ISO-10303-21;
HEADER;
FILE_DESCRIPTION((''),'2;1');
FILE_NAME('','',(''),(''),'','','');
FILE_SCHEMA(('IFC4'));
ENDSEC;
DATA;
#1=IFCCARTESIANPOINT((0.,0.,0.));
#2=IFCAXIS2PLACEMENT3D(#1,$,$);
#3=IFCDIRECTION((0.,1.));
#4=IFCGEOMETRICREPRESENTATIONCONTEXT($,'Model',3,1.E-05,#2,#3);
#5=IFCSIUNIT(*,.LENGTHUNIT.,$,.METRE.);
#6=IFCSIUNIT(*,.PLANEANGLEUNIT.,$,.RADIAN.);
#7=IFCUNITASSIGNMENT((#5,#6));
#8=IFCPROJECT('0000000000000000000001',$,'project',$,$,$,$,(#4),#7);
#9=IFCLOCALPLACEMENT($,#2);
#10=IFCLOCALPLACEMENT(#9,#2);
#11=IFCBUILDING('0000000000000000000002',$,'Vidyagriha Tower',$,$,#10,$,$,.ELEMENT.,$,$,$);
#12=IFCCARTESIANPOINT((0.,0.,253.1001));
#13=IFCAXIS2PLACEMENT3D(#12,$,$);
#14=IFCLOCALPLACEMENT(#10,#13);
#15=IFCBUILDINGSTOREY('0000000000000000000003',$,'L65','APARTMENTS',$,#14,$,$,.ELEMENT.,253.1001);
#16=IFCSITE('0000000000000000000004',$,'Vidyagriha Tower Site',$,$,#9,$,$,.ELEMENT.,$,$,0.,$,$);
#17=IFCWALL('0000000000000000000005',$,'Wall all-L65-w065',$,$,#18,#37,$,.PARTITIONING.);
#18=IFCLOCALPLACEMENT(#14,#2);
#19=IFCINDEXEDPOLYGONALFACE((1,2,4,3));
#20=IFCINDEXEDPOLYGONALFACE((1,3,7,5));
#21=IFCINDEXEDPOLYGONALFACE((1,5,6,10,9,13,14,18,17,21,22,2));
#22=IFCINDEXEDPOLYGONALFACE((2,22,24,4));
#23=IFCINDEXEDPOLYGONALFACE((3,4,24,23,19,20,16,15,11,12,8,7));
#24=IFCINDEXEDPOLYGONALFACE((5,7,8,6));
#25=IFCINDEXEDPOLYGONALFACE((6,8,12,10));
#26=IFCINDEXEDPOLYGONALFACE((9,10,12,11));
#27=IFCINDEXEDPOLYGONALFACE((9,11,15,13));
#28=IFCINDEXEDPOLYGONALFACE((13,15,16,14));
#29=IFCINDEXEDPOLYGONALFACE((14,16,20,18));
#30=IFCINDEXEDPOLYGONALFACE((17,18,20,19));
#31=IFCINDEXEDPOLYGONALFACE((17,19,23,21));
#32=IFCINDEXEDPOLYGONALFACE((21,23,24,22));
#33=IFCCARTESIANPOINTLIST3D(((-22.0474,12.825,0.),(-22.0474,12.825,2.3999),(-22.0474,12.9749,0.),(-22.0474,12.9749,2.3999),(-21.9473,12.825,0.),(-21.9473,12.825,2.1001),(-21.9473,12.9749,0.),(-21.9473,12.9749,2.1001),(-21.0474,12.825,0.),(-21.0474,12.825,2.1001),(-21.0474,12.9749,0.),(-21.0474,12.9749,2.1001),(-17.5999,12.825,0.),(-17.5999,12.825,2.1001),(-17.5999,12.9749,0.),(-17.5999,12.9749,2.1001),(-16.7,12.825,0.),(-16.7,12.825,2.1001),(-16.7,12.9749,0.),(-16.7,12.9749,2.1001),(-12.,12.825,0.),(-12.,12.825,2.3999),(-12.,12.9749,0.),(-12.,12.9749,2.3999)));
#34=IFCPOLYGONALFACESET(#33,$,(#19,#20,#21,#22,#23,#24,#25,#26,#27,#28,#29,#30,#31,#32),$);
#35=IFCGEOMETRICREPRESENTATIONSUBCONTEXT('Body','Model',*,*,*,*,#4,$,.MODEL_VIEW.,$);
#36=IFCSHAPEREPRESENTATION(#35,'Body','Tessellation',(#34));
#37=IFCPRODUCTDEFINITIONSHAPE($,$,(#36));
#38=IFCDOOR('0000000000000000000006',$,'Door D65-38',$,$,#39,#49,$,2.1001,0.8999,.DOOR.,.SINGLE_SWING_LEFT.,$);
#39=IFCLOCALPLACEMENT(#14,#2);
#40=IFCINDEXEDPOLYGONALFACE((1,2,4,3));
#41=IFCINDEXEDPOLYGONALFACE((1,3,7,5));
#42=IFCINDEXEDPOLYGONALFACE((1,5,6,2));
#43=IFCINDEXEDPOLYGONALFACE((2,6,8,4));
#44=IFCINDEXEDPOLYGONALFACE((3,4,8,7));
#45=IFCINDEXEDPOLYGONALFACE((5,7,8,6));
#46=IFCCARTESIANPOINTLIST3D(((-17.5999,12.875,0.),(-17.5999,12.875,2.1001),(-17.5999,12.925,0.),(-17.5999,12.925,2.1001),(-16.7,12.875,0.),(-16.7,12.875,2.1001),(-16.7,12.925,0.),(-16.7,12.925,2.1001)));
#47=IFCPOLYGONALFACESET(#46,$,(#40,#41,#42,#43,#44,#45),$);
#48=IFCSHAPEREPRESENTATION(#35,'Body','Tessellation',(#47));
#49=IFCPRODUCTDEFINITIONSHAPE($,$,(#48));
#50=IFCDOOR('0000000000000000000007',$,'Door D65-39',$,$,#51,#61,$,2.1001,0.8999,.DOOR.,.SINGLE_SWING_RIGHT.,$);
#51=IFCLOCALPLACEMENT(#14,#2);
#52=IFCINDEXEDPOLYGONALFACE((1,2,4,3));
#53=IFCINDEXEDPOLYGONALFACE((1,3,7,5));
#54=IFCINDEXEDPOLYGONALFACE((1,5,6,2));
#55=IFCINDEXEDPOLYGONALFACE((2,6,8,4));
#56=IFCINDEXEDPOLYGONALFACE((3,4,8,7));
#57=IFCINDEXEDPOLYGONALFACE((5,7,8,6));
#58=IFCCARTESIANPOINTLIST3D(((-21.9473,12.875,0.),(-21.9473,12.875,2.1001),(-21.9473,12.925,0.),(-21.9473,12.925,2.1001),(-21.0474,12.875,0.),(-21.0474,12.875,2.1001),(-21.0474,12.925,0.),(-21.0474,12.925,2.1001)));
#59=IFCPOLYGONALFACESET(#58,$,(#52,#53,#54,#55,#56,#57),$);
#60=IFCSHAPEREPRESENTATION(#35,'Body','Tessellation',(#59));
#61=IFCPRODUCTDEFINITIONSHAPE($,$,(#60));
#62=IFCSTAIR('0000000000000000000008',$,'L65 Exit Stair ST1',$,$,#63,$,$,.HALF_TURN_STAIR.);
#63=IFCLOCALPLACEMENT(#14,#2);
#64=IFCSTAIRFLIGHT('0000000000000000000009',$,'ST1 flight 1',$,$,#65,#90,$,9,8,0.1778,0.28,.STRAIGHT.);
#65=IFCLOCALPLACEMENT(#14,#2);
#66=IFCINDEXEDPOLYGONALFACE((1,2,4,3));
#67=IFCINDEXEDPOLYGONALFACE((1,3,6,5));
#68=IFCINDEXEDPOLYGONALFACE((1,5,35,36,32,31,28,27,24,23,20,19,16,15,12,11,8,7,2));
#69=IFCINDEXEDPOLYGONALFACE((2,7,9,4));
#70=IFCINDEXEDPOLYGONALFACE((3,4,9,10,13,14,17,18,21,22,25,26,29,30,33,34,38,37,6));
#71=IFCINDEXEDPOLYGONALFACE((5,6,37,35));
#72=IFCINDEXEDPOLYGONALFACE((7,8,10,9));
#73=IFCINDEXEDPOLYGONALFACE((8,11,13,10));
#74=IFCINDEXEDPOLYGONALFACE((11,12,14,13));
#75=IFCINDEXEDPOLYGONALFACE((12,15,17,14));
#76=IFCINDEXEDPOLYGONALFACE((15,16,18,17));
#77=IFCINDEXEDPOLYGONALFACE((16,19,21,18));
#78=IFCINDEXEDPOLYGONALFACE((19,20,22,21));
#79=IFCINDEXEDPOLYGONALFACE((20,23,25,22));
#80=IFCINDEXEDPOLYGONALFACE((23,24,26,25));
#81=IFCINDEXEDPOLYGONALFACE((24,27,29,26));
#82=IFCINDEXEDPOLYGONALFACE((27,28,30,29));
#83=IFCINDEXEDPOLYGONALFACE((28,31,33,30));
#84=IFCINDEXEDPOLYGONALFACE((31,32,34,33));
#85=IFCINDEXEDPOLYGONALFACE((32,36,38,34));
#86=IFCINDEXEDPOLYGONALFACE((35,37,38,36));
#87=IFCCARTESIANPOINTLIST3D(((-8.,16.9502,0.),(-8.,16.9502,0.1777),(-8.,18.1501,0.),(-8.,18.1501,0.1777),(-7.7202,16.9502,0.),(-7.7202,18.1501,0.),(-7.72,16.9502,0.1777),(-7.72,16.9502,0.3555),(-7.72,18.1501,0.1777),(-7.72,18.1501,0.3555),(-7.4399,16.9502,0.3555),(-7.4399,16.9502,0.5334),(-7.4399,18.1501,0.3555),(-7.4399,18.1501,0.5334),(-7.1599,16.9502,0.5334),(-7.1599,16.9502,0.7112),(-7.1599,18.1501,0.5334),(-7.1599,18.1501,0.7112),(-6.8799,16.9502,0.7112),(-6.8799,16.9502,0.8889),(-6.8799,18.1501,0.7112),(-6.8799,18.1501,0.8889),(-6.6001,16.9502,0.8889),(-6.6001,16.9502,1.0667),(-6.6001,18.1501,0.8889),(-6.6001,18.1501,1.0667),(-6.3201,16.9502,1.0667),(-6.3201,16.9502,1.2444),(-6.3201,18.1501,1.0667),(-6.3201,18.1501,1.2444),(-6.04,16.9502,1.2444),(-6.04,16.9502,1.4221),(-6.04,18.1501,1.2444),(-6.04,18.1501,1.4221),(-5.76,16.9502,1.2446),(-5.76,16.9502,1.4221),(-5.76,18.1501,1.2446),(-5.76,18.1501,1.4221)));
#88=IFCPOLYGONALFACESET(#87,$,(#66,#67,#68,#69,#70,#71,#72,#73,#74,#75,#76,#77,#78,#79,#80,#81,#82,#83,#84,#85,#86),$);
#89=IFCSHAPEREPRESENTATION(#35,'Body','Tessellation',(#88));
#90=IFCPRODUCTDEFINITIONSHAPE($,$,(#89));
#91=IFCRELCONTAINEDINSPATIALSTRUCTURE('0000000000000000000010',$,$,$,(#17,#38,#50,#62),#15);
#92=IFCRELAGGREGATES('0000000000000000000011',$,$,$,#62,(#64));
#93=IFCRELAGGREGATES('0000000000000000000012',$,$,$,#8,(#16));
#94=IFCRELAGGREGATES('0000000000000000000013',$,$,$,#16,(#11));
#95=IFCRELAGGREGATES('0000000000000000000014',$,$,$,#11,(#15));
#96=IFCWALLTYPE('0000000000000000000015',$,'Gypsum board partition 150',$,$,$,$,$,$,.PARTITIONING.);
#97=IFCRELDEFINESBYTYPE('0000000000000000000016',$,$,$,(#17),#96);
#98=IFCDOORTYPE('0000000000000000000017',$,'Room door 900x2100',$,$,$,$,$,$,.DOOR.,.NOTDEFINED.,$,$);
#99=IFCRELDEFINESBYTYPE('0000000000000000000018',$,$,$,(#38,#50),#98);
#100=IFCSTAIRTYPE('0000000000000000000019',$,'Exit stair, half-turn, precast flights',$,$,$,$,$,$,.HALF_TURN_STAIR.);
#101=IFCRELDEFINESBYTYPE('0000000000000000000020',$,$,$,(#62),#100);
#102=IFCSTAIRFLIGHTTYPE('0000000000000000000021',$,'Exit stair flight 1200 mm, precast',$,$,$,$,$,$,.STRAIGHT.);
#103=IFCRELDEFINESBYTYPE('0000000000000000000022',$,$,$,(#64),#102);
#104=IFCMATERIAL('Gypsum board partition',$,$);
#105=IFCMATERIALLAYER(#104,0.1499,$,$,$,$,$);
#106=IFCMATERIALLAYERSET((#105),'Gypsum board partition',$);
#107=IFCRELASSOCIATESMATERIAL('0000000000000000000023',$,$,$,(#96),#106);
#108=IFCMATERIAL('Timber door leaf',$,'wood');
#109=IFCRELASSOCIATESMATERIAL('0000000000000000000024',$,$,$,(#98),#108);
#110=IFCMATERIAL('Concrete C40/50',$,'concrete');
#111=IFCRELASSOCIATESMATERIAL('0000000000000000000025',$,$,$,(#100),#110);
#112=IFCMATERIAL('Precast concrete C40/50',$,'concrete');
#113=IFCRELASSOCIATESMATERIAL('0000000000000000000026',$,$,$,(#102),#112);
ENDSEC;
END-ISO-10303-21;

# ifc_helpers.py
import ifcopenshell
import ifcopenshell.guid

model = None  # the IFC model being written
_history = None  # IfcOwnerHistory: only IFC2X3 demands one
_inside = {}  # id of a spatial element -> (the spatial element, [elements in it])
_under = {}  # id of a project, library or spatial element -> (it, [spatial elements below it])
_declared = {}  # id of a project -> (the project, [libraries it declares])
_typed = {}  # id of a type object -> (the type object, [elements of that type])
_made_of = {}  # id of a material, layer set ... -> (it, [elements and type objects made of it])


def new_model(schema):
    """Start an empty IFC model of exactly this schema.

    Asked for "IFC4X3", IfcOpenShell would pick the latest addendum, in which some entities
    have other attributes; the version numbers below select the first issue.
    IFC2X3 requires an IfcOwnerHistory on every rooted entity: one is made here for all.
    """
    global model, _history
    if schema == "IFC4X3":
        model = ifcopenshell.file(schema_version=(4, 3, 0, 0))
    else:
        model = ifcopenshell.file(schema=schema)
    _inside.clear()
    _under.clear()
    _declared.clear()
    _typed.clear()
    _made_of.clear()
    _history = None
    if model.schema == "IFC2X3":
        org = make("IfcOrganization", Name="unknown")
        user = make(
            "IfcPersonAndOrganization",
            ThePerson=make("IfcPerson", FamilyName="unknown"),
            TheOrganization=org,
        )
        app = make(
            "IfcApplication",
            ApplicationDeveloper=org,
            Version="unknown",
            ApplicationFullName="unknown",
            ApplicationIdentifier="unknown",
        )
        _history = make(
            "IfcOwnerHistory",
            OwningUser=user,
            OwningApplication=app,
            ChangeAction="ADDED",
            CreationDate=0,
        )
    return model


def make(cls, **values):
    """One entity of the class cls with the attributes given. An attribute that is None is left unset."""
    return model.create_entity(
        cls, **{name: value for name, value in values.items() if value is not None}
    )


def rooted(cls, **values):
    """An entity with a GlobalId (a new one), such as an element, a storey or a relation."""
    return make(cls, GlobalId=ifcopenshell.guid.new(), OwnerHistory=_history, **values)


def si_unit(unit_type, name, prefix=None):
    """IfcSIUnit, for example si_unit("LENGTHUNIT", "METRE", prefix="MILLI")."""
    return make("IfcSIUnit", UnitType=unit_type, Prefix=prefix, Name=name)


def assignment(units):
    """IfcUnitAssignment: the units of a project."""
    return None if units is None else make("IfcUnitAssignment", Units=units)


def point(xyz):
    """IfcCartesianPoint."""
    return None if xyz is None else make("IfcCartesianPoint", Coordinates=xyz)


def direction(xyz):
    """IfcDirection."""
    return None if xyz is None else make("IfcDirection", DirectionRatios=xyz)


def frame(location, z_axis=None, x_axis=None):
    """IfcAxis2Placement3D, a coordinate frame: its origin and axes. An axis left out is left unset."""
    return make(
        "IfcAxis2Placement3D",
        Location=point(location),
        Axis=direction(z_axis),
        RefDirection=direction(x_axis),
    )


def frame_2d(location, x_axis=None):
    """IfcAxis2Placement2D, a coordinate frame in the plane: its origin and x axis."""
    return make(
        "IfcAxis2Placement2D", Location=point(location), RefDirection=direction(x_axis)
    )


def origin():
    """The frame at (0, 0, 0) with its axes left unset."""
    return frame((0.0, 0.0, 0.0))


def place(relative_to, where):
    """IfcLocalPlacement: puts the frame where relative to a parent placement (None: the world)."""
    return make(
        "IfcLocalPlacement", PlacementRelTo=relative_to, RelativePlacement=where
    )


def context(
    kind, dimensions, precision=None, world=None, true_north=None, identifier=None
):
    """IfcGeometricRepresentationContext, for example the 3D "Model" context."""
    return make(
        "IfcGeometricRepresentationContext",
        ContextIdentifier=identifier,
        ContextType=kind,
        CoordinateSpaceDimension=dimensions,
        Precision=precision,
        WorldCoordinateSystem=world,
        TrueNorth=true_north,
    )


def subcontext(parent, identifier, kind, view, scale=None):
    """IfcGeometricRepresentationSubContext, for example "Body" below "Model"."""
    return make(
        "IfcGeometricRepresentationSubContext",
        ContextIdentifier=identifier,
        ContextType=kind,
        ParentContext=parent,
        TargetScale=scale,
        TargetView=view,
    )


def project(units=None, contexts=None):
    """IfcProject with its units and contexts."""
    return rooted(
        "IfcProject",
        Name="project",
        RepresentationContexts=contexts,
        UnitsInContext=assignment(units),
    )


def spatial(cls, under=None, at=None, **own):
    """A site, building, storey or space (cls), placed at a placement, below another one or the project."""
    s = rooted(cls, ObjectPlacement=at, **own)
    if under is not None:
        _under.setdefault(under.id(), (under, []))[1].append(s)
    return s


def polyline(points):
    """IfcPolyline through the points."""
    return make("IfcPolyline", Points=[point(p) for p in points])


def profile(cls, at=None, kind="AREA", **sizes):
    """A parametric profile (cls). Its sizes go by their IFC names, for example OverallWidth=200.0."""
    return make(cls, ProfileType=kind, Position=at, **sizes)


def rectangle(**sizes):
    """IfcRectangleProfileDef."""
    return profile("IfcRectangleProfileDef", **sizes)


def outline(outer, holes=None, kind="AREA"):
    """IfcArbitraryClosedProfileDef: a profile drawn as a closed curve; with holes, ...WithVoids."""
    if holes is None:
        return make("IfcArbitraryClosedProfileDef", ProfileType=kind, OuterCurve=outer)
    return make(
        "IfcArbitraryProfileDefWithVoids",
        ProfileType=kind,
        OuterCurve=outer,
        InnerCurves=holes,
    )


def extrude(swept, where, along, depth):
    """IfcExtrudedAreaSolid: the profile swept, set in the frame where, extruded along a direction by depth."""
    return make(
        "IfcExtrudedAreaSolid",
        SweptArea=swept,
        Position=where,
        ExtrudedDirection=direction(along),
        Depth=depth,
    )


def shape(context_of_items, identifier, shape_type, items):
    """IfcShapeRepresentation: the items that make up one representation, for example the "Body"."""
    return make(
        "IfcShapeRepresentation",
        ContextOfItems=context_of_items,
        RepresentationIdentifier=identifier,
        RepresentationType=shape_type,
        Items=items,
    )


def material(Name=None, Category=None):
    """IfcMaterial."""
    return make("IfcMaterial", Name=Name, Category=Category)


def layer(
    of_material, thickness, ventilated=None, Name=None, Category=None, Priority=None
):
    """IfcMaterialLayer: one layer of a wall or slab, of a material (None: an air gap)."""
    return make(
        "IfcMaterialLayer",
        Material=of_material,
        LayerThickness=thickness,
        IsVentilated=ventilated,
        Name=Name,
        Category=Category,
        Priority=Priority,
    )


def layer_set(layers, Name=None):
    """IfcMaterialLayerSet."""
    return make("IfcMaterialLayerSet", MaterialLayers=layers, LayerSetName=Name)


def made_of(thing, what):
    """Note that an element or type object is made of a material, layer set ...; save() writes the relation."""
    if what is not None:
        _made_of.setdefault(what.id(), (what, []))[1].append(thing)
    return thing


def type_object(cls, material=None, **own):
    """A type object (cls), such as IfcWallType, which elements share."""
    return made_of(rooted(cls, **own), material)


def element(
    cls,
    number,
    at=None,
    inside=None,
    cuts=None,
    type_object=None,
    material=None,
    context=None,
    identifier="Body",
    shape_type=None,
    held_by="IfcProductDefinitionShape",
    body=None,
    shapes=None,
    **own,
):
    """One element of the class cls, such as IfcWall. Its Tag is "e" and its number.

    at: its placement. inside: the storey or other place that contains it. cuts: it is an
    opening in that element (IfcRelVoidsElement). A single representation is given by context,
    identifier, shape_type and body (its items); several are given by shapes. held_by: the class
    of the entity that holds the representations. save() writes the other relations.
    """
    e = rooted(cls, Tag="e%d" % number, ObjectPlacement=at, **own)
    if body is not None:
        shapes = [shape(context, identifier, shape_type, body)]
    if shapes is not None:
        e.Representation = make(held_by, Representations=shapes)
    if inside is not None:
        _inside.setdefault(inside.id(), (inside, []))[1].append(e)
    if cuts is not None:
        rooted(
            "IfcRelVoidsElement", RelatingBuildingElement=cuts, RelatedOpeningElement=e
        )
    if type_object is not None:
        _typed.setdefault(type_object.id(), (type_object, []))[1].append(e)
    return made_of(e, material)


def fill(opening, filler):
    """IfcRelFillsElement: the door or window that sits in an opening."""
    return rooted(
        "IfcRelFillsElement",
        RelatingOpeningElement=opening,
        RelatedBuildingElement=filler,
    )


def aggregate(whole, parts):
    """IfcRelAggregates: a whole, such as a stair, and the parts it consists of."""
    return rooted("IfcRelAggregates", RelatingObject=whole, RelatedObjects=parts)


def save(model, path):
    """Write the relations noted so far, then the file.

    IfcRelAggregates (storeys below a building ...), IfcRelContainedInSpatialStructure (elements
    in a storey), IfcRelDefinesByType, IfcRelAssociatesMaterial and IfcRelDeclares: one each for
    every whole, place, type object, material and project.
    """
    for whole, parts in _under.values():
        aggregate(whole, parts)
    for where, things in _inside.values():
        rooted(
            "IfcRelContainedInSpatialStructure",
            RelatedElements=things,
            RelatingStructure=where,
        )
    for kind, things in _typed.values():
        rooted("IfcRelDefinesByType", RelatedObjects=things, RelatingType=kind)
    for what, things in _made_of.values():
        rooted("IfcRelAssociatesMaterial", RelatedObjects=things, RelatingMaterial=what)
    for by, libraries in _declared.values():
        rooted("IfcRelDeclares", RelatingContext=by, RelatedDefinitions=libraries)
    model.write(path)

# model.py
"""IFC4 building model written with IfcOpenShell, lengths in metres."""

from ifc_helpers import new_model, si_unit, direction, frame, frame_2d, origin, place, context, subcontext, project, spatial, polyline, rectangle, outline, extrude, material, layer, layer_set, type_object, element, fill, aggregate, save


model = new_model("IFC4")

# Units and contexts
model_context = context("Model", 3, precision=1e-05, world=origin(), true_north=direction((0.0, 1.0)))
body_context = subcontext(model_context, "Body", "Model", "MODEL_VIEW")
ifc_project = project(units=[si_unit("LENGTHUNIT", "METRE"), si_unit("PLANEANGLEUNIT", "RADIAN")], contexts=[model_context])

# Site, building, storey
site_placement = place(None, origin())
site = spatial("IfcSite", under=ifc_project, at=site_placement, Name="Vidyagriha Tower Site", CompositionType="ELEMENT", RefElevation=0.0)
building_placement = place(site_placement, origin())
building = spatial("IfcBuilding", under=site, at=building_placement, Name="Vidyagriha Tower", CompositionType="ELEMENT")
storey_placement = place(building_placement, frame((0.0, 0.0, 253.1001)))
storey = spatial("IfcBuildingStorey", under=building, at=storey_placement, Name="L65", Description="APARTMENTS", CompositionType="ELEMENT", Elevation=253.1001)

# Wall, openings, doors
ifc_material_1 = material(Name="Gypsum board partition")
ifc_layer_1 = layer(ifc_material_1, 0.1499)
ifc_layer_set_1 = layer_set([ifc_layer_1], Name="Gypsum board partition")
wall_type_1 = type_object("IfcWallType", Name="Gypsum board partition 150", PredefinedType="PARTITIONING", material=ifc_layer_set_1)
wall_1_placement = place(storey_placement, frame((-12.0, 12.8999, 0.0), z_axis=(0.0, 0.0, 1.0), x_axis=(-1.0, 0.0, 0.0)))
wall_1 = element("IfcWall", 1, at=wall_1_placement, inside=storey, type_object=wall_type_1, Name="Wall all-L65-w065", PredefinedType="PARTITIONING", context=body_context, shape_type="SweptSolid", body=[
    extrude(rectangle(XDim=10.0474, YDim=0.1499, at=frame_2d((5.0237, 0.0))), origin(), (0.0, 0.0, 1.0), 2.3999),
])
opening_1_placement = place(wall_1_placement, frame((4.7, 0.0, 0.0)))
opening_1 = element("IfcOpeningElement", 2, at=opening_1_placement, cuts=wall_1, PredefinedType="OPENING", context=body_context, shape_type="SweptSolid", body=[
    extrude(rectangle(XDim=0.8999, YDim=2.1001, at=frame_2d((0.45, 1.05))), frame((0.0, 0.085, 0.0), z_axis=(0.0, -1.0, 0.0), x_axis=(1.0, 0.0, 0.0)), (0.0, 0.0, 1.0), 0.1699),
])
opening_2_placement = place(wall_1_placement, frame((9.0474, 0.0, 0.0)))
opening_2 = element("IfcOpeningElement", 3, at=opening_2_placement, cuts=wall_1, PredefinedType="OPENING", context=body_context, shape_type="SweptSolid", body=[
    extrude(rectangle(XDim=0.8999, YDim=2.1001, at=frame_2d((0.45, 1.05))), frame((0.0, 0.085, 0.0), z_axis=(0.0, -1.0, 0.0), x_axis=(1.0, 0.0, 0.0)), (0.0, 0.0, 1.0), 0.1699),
])
ifc_material_2 = material(Name="Timber door leaf", Category="wood")
door_type_1 = type_object("IfcDoorType", Name="Room door 900x2100", OperationType="NOTDEFINED", PredefinedType="DOOR", material=ifc_material_2)
door_1_placement = place(opening_1_placement, origin())
door_1 = element("IfcDoor", 4, at=door_1_placement, inside=storey, type_object=door_type_1, Name="Door D65-38", OperationType="SINGLE_SWING_LEFT", OverallHeight=2.1001, OverallWidth=0.8999, PredefinedType="DOOR", context=body_context, shape_type="SweptSolid", body=[
    extrude(rectangle(XDim=0.8999, YDim=2.1001, at=frame_2d((0.45, 1.05))), frame((0.0, 0.0249, 0.0), z_axis=(0.0, -1.0, 0.0), x_axis=(1.0, 0.0, 0.0)), (0.0, 0.0, 1.0), 0.05),
])
fill(opening_1, door_1)
door_2_placement = place(opening_2_placement, origin())
door_2 = element("IfcDoor", 5, at=door_2_placement, inside=storey, type_object=door_type_1, Name="Door D65-39", OperationType="SINGLE_SWING_RIGHT", OverallHeight=2.1001, OverallWidth=0.8999, PredefinedType="DOOR", context=body_context, shape_type="SweptSolid", body=[
    extrude(rectangle(XDim=0.8999, YDim=2.1001, at=frame_2d((0.45, 1.05))), frame((0.0, 0.0249, 0.0), z_axis=(0.0, -1.0, 0.0), x_axis=(1.0, 0.0, 0.0)), (0.0, 0.0, 1.0), 0.05),
])
fill(opening_2, door_2)

# Stair, stair flight
ifc_material_3 = material(Name="Concrete C40/50", Category="concrete")
stair_type = type_object("IfcStairType", Name="Exit stair, half-turn, precast flights", PredefinedType="HALF_TURN_STAIR", material=ifc_material_3)
stair_placement = place(storey_placement, origin())
stair = element("IfcStair", 6, at=stair_placement, inside=storey, type_object=stair_type, Name="L65 Exit Stair ST1", PredefinedType="HALF_TURN_STAIR")
ifc_material_4 = material(Name="Precast concrete C40/50", Category="concrete")
stair_flight_type = type_object("IfcStairFlightType", Name="Exit stair flight 1200 mm, precast", PredefinedType="STRAIGHT", material=ifc_material_4)
stair_flight_placement = place(storey_placement, frame((-8.0, 17.55, 0.0)))
stair_flight = element("IfcStairFlight", 7, at=stair_flight_placement, type_object=stair_flight_type, Name="ST1 flight 1", NumberOfRisers=9, NumberOfTreads=8, PredefinedType="STRAIGHT", RiserHeight=0.1778, TreadLength=0.28, context=body_context, shape_type="SweptSolid", body=[
    extrude(outline(polyline([(0.0, 0.0), (0.0, 0.1777), (0.28, 0.1777), (0.28, 0.3555), (0.5601, 0.3555), (0.5601, 0.5334), (0.8401, 0.5334), (0.8401, 0.7112), (1.1201, 0.7112), (1.1201, 0.8889), (1.3999, 0.8889), (1.3999, 1.0667), (1.6799, 1.0667), (1.6799, 1.2444), (1.96, 1.2444), (1.96, 1.4221), (2.24, 1.4221), (2.24, 1.6001), (2.24, 1.2446), (0.2798, 0.0), (0.0, 0.0)])), frame((0.0, 0.6001, 0.0), z_axis=(0.0, -1.0, 0.0), x_axis=(1.0, 0.0, 0.0)), (0.0, 0.0, 1.0), 1.2),
])
aggregate(stair, [stair_flight])

save(model, "model.ifc")
